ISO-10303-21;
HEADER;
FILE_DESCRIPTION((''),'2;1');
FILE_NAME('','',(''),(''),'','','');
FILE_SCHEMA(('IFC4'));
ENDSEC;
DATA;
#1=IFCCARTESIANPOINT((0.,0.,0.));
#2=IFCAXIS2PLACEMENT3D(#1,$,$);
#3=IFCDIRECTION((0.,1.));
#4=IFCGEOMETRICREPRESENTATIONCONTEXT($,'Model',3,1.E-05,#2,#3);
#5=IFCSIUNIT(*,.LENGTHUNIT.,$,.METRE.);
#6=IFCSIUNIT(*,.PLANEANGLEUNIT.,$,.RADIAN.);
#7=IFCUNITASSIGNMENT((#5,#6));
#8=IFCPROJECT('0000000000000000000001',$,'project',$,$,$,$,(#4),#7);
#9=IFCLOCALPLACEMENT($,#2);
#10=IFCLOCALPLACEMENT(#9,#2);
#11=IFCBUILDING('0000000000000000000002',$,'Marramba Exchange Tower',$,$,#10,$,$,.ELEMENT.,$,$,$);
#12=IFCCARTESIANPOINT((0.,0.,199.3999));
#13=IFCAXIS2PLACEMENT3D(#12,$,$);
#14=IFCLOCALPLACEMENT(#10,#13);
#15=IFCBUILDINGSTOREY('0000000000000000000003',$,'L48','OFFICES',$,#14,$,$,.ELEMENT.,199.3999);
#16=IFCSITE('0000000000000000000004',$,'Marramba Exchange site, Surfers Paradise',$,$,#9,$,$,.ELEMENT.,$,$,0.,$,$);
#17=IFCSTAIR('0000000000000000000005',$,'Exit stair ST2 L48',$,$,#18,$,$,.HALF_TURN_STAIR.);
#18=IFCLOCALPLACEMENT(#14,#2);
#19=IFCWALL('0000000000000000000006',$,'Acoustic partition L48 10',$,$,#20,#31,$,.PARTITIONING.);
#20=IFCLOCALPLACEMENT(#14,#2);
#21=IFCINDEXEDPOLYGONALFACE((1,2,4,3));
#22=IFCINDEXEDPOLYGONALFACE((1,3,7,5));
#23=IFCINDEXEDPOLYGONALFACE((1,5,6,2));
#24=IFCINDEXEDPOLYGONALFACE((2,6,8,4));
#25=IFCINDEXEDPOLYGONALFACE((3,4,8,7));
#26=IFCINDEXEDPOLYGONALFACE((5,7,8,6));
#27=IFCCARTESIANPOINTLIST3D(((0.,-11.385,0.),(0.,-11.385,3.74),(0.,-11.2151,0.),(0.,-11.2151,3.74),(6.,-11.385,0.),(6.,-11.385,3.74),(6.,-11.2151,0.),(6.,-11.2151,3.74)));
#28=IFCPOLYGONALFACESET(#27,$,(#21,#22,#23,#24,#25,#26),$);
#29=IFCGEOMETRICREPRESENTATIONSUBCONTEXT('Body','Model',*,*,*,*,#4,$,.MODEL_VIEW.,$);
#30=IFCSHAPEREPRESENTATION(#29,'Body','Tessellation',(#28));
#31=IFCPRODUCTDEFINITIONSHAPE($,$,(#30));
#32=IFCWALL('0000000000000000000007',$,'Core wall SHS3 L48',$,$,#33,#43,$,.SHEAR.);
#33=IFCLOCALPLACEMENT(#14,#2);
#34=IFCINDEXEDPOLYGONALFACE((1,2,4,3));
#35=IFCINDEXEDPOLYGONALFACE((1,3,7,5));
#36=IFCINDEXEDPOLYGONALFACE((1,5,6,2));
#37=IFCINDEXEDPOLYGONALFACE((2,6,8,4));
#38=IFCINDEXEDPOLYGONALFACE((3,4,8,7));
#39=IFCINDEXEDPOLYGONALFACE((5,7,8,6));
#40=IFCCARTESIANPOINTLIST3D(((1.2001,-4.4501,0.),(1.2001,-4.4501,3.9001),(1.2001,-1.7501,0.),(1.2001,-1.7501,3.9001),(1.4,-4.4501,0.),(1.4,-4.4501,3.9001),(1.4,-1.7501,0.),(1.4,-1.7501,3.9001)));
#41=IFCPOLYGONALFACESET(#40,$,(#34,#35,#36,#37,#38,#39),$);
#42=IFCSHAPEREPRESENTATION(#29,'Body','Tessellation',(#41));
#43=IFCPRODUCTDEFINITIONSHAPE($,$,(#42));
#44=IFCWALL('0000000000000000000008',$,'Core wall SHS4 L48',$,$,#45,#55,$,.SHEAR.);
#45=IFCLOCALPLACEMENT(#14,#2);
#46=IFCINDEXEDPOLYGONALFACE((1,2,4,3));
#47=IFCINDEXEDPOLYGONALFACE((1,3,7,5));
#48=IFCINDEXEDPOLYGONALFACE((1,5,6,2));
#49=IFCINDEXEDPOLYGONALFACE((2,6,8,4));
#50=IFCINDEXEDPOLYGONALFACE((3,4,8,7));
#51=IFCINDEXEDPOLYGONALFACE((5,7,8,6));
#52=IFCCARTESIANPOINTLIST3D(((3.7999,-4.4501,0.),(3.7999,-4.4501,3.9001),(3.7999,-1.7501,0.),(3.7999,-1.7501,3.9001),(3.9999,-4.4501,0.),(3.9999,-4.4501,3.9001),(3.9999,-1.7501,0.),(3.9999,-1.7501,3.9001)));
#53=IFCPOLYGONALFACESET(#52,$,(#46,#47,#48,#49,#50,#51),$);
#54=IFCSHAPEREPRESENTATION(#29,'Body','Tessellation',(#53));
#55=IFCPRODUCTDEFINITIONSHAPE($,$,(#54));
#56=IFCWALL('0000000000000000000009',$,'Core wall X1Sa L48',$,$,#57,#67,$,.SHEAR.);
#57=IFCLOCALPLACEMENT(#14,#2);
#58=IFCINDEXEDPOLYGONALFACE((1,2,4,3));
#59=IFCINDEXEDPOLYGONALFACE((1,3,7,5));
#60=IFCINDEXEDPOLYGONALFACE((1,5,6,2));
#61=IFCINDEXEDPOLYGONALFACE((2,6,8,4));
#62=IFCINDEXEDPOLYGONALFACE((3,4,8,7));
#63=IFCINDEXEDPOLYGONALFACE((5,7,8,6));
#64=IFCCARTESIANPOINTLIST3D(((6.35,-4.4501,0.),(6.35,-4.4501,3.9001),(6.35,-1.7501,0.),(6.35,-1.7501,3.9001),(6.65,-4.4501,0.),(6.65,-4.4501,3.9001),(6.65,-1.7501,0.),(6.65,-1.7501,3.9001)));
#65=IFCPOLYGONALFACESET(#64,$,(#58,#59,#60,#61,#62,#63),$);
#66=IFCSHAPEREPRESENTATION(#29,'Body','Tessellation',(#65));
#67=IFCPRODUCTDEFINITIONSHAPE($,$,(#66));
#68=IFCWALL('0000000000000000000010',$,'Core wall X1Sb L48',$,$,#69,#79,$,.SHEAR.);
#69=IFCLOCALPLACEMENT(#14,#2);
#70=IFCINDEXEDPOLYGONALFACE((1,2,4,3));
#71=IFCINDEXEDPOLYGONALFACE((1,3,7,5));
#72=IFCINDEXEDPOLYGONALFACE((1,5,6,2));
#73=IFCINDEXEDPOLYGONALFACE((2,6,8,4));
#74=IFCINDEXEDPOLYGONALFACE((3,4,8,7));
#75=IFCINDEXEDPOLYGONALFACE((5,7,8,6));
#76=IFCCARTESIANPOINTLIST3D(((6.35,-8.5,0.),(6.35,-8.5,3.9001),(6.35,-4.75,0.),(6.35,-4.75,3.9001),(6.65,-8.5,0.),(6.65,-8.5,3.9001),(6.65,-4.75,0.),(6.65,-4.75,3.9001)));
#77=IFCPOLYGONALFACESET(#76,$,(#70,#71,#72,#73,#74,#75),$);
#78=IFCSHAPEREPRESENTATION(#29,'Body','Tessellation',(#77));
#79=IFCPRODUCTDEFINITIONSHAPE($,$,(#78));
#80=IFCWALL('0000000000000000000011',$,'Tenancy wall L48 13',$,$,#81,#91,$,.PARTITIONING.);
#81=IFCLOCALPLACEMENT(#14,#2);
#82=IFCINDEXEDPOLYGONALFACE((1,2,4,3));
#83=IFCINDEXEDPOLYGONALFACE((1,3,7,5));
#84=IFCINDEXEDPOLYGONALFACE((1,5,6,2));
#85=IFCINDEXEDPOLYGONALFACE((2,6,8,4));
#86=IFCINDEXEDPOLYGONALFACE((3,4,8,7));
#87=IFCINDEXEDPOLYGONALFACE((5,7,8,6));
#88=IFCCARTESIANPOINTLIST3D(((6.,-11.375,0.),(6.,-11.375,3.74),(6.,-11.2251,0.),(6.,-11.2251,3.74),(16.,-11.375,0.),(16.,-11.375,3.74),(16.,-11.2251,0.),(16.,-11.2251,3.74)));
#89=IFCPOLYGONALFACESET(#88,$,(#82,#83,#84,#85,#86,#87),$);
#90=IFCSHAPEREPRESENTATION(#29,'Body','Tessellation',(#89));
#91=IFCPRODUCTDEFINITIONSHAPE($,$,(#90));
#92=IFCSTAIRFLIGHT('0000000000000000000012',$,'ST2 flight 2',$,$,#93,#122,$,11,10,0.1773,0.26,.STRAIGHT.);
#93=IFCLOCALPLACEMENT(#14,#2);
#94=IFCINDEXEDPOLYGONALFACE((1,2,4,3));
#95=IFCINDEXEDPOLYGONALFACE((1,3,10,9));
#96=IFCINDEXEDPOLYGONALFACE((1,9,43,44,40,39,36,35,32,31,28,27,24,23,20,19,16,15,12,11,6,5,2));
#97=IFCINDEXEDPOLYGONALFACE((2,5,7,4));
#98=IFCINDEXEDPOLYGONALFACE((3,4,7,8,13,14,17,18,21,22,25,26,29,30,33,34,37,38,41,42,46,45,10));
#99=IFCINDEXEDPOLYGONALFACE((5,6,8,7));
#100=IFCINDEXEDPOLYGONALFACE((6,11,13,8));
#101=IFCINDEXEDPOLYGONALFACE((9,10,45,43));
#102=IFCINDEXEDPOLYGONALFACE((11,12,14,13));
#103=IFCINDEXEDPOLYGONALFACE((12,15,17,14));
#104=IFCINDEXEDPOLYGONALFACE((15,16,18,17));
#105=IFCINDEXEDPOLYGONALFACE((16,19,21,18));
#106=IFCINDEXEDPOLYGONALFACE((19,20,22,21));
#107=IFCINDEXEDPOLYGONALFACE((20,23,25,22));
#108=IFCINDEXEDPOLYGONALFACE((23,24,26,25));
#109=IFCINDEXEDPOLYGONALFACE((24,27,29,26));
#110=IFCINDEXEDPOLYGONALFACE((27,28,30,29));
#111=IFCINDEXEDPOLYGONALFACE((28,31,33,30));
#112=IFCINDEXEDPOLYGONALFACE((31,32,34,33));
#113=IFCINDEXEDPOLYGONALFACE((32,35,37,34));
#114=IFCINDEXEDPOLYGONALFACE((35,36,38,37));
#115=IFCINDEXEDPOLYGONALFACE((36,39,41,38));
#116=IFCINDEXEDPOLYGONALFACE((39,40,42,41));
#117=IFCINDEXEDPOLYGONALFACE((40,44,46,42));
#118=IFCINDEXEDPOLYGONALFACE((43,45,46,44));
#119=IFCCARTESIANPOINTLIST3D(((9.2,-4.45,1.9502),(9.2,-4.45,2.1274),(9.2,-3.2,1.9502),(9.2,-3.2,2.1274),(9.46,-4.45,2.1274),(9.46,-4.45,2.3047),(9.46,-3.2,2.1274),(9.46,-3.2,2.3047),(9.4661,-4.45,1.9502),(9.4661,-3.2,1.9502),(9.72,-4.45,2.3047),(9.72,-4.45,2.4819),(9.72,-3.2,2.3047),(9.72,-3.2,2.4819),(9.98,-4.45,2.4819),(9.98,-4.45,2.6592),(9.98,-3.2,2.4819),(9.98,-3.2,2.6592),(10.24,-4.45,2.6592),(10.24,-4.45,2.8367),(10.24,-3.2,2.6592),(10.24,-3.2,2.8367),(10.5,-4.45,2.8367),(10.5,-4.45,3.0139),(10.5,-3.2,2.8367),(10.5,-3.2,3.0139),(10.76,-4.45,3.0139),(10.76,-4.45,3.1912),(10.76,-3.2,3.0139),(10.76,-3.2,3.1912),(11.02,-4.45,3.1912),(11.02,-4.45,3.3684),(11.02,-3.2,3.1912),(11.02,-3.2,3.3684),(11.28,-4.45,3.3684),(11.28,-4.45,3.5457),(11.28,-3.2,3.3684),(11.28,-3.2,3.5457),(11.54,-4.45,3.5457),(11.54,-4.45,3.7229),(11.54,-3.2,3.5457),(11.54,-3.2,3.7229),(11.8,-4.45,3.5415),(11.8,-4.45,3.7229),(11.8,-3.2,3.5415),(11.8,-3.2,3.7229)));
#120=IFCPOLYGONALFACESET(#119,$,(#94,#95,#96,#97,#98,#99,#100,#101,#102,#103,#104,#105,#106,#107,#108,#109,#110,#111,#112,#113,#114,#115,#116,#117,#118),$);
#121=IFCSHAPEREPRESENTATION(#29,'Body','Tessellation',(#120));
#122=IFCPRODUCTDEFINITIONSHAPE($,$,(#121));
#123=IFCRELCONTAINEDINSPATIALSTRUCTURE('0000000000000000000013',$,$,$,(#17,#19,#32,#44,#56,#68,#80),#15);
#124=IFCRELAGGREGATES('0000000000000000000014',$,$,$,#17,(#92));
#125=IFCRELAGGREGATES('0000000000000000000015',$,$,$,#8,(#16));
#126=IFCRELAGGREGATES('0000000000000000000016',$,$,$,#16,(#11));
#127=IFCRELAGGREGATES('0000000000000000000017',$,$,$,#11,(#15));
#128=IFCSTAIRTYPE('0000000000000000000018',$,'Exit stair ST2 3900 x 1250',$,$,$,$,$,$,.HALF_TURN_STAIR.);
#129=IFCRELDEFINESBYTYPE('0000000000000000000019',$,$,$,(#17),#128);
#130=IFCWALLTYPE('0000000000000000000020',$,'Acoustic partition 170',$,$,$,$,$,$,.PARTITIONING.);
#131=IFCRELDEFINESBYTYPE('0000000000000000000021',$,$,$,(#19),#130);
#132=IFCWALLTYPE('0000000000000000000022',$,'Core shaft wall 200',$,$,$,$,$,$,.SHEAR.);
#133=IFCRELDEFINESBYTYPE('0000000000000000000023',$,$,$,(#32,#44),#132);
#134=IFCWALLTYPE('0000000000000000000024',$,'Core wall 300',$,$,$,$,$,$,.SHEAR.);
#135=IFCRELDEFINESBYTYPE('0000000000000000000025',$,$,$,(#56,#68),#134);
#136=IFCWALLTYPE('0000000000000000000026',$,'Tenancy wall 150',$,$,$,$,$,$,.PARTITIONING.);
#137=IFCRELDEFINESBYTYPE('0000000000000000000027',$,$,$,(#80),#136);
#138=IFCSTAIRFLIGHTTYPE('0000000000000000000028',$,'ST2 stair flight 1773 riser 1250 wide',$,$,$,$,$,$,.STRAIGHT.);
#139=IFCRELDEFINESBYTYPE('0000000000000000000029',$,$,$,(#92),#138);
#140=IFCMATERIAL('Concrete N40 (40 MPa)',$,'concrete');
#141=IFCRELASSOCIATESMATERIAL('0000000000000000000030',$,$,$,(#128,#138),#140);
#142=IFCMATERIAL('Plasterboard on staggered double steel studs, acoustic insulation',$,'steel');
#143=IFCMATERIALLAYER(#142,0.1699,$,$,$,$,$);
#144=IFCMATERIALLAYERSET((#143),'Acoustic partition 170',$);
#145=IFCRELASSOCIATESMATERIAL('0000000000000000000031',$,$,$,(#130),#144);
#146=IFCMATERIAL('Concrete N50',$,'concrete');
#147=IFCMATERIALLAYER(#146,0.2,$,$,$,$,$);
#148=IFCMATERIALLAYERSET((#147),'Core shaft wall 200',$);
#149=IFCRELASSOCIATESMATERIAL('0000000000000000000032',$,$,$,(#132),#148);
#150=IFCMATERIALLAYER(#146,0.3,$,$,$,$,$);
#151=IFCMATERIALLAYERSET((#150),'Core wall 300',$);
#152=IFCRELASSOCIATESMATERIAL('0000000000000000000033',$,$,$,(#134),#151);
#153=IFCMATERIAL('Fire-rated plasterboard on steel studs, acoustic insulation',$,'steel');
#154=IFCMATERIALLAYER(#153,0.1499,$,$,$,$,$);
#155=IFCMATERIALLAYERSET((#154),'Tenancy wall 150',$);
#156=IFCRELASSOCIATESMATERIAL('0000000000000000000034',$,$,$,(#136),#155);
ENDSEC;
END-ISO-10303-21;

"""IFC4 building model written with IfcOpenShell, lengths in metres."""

from ifc_helpers import new_model, si_unit, direction, frame, frame_2d, origin, place, context, subcontext, project, spatial, polyline, rectangle, outline, extrude, material, layer, layer_set, type_object, element, aggregate, save


model = new_model("IFC4")

# Units and contexts
model_context = context("Model", 3, precision=1e-05, world=origin(), true_north=direction((0.0, 1.0)))
body_context = subcontext(model_context, "Body", "Model", "MODEL_VIEW")
ifc_project = project(units=[si_unit("LENGTHUNIT", "METRE"), si_unit("PLANEANGLEUNIT", "RADIAN")], contexts=[model_context])

# Site, building, storey
site_placement = place(None, origin())
site = spatial("IfcSite", under=ifc_project, at=site_placement, Name="Marramba Exchange site, Surfers Paradise", CompositionType="ELEMENT", RefElevation=0.0)
building_placement = place(site_placement, origin())
building = spatial("IfcBuilding", under=site, at=building_placement, Name="Marramba Exchange Tower", CompositionType="ELEMENT")
storey_placement = place(building_placement, frame((0.0, 0.0, 199.3999)))
storey = spatial("IfcBuildingStorey", under=building, at=storey_placement, Name="L48", Description="OFFICES", CompositionType="ELEMENT", Elevation=199.3999)

# Stair
ifc_material_1 = material(Name="Concrete N40 (40 MPa)", Category="concrete")
stair_type_1 = type_object("IfcStairType", Name="Exit stair ST2 3900 x 1250", PredefinedType="HALF_TURN_STAIR", material=ifc_material_1)
stair_1_placement = place(storey_placement, origin())
stair_1 = element("IfcStair", 1, at=stair_1_placement, inside=storey, type_object=stair_type_1, Name="Exit stair ST2 L48", PredefinedType="HALF_TURN_STAIR")

# Walls
ifc_material_2 = material(Name="Plasterboard on staggered double steel studs, acoustic insulation", Category="steel")
ifc_layer_1 = layer(ifc_material_2, 0.1699)
ifc_layer_set_1 = layer_set([ifc_layer_1], Name="Acoustic partition 170")
wall_type_1 = type_object("IfcWallType", Name="Acoustic partition 170", PredefinedType="PARTITIONING", material=ifc_layer_set_1)
wall_1_placement = place(storey_placement, frame((6.0, -11.3, 0.0), z_axis=(0.0, 0.0, 1.0), x_axis=(-1.0, 0.0, 0.0)))
element("IfcWall", 2, at=wall_1_placement, inside=storey, type_object=wall_type_1, Name="Acoustic partition L48 10", PredefinedType="PARTITIONING", context=body_context, shape_type="SweptSolid", body=[
    extrude(rectangle(XDim=6.0, YDim=0.1699, at=frame_2d((3.0, 0.0))), origin(), (0.0, 0.0, 1.0), 3.74),
])
ifc_material_3 = material(Name="Concrete N50", Category="concrete")
ifc_layer_2 = layer(ifc_material_3, 0.2)
ifc_layer_set_2 = layer_set([ifc_layer_2], Name="Core shaft wall 200")
wall_type_2 = type_object("IfcWallType", Name="Core shaft wall 200", PredefinedType="SHEAR", material=ifc_layer_set_2)
for number, where, z_axis, x_axis, name in (
    (3, (1.3, -1.75, 0.0), (0.0, 0.0, 1.0), (0.0, -1.0, 0.0), "Core wall SHS3 L48"),
    (4, (3.8999, -1.75, 0.0), (0.0, 0.0, 1.0), (0.0, -1.0, 0.0), "Core wall SHS4 L48"),
):
    element("IfcWall", number, at=place(storey_placement, frame(where, z_axis=z_axis, x_axis=x_axis)), inside=storey, type_object=wall_type_2, Name=name, PredefinedType="SHEAR", context=body_context, shape_type="SweptSolid", body=[
        extrude(rectangle(XDim=2.7, YDim=0.2, at=frame_2d((1.3501, 0.0))), origin(), (0.0, 0.0, 1.0), 3.9001),
    ])
ifc_layer_3 = layer(ifc_material_3, 0.3)
ifc_layer_set_3 = layer_set([ifc_layer_3], Name="Core wall 300")
wall_type_3 = type_object("IfcWallType", Name="Core wall 300", PredefinedType="SHEAR", material=ifc_layer_set_3)
wall_2_placement = place(storey_placement, frame((6.5, -1.75, 0.0), z_axis=(0.0, 0.0, 1.0), x_axis=(0.0, -1.0, 0.0)))
element("IfcWall", 5, at=wall_2_placement, inside=storey, type_object=wall_type_3, Name="Core wall X1Sa L48", PredefinedType="SHEAR", context=body_context, shape_type="SweptSolid", body=[
    extrude(rectangle(XDim=2.7, YDim=0.3, at=frame_2d((1.3501, 0.0))), origin(), (0.0, 0.0, 1.0), 3.9001),
])
wall_3_placement = place(storey_placement, frame((6.5, -4.75, 0.0), z_axis=(0.0, 0.0, 1.0), x_axis=(0.0, -1.0, 0.0)))
element("IfcWall", 6, at=wall_3_placement, inside=storey, type_object=wall_type_3, Name="Core wall X1Sb L48", PredefinedType="SHEAR", context=body_context, shape_type="SweptSolid", body=[
    extrude(rectangle(XDim=3.75, YDim=0.3, at=frame_2d((1.875, 0.0))), origin(), (0.0, 0.0, 1.0), 3.9001),
])

# Wall
ifc_material_4 = material(Name="Fire-rated plasterboard on steel studs, acoustic insulation", Category="steel")
ifc_layer_4 = layer(ifc_material_4, 0.1499)
ifc_layer_set_4 = layer_set([ifc_layer_4], Name="Tenancy wall 150")
wall_type_4 = type_object("IfcWallType", Name="Tenancy wall 150", PredefinedType="PARTITIONING", material=ifc_layer_set_4)
wall_4_placement = place(storey_placement, frame((6.0, -11.3, 0.0), z_axis=(0.0, 0.0, 1.0), x_axis=(1.0, 0.0, 0.0)))
element("IfcWall", 7, at=wall_4_placement, inside=storey, type_object=wall_type_4, Name="Tenancy wall L48 13", PredefinedType="PARTITIONING", context=body_context, shape_type="SweptSolid", body=[
    extrude(rectangle(XDim=10.0, YDim=0.1499, at=frame_2d((5.0, 0.0))), origin(), (0.0, 0.0, 1.0), 3.74),
])

# Stair flight
stair_flight_type = type_object("IfcStairFlightType", Name="ST2 stair flight 1773 riser 1250 wide", PredefinedType="STRAIGHT", material=ifc_material_1)
stair_flight_placement = place(storey_placement, frame((9.2, -3.825, 1.9502), z_axis=(0.0, 0.0, 1.0), x_axis=(1.0, 0.0, 0.0)))
stair_flight = element("IfcStairFlight", 8, at=stair_flight_placement, type_object=stair_flight_type, Name="ST2 flight 2", NumberOfRisers=11, NumberOfTreads=10, PredefinedType="STRAIGHT", RiserHeight=0.1773, TreadLength=0.26, context=body_context, shape_type="SweptSolid", body=[
    extrude(outline(polyline([(0.0, 0.0), (0.0, 0.1772), (0.26, 0.1772), (0.26, 0.3545), (0.52, 0.3545), (0.52, 0.5317), (0.78, 0.5317), (0.78, 0.709), (1.04, 0.709), (1.04, 0.8865), (1.3, 0.8865), (1.3, 1.0637), (1.5601, 1.0637), (1.5601, 1.241), (1.8201, 1.241), (1.8201, 1.4182), (2.0801, 1.4182), (2.0801, 1.5955), (2.3401, 1.5955), (2.3401, 1.7727), (2.6001, 1.7727), (2.6001, 1.95), (2.6001, 1.5913), (0.2661, 0.0), (0.0, 0.0)])), frame((0.0, 0.625, 0.0), z_axis=(0.0, -1.0, 0.0), x_axis=(1.0, 0.0, 0.0)), (0.0, 0.0, 1.0), 1.25),
])
aggregate(stair_1, [stair_flight])

save(model, "model.ifc")
